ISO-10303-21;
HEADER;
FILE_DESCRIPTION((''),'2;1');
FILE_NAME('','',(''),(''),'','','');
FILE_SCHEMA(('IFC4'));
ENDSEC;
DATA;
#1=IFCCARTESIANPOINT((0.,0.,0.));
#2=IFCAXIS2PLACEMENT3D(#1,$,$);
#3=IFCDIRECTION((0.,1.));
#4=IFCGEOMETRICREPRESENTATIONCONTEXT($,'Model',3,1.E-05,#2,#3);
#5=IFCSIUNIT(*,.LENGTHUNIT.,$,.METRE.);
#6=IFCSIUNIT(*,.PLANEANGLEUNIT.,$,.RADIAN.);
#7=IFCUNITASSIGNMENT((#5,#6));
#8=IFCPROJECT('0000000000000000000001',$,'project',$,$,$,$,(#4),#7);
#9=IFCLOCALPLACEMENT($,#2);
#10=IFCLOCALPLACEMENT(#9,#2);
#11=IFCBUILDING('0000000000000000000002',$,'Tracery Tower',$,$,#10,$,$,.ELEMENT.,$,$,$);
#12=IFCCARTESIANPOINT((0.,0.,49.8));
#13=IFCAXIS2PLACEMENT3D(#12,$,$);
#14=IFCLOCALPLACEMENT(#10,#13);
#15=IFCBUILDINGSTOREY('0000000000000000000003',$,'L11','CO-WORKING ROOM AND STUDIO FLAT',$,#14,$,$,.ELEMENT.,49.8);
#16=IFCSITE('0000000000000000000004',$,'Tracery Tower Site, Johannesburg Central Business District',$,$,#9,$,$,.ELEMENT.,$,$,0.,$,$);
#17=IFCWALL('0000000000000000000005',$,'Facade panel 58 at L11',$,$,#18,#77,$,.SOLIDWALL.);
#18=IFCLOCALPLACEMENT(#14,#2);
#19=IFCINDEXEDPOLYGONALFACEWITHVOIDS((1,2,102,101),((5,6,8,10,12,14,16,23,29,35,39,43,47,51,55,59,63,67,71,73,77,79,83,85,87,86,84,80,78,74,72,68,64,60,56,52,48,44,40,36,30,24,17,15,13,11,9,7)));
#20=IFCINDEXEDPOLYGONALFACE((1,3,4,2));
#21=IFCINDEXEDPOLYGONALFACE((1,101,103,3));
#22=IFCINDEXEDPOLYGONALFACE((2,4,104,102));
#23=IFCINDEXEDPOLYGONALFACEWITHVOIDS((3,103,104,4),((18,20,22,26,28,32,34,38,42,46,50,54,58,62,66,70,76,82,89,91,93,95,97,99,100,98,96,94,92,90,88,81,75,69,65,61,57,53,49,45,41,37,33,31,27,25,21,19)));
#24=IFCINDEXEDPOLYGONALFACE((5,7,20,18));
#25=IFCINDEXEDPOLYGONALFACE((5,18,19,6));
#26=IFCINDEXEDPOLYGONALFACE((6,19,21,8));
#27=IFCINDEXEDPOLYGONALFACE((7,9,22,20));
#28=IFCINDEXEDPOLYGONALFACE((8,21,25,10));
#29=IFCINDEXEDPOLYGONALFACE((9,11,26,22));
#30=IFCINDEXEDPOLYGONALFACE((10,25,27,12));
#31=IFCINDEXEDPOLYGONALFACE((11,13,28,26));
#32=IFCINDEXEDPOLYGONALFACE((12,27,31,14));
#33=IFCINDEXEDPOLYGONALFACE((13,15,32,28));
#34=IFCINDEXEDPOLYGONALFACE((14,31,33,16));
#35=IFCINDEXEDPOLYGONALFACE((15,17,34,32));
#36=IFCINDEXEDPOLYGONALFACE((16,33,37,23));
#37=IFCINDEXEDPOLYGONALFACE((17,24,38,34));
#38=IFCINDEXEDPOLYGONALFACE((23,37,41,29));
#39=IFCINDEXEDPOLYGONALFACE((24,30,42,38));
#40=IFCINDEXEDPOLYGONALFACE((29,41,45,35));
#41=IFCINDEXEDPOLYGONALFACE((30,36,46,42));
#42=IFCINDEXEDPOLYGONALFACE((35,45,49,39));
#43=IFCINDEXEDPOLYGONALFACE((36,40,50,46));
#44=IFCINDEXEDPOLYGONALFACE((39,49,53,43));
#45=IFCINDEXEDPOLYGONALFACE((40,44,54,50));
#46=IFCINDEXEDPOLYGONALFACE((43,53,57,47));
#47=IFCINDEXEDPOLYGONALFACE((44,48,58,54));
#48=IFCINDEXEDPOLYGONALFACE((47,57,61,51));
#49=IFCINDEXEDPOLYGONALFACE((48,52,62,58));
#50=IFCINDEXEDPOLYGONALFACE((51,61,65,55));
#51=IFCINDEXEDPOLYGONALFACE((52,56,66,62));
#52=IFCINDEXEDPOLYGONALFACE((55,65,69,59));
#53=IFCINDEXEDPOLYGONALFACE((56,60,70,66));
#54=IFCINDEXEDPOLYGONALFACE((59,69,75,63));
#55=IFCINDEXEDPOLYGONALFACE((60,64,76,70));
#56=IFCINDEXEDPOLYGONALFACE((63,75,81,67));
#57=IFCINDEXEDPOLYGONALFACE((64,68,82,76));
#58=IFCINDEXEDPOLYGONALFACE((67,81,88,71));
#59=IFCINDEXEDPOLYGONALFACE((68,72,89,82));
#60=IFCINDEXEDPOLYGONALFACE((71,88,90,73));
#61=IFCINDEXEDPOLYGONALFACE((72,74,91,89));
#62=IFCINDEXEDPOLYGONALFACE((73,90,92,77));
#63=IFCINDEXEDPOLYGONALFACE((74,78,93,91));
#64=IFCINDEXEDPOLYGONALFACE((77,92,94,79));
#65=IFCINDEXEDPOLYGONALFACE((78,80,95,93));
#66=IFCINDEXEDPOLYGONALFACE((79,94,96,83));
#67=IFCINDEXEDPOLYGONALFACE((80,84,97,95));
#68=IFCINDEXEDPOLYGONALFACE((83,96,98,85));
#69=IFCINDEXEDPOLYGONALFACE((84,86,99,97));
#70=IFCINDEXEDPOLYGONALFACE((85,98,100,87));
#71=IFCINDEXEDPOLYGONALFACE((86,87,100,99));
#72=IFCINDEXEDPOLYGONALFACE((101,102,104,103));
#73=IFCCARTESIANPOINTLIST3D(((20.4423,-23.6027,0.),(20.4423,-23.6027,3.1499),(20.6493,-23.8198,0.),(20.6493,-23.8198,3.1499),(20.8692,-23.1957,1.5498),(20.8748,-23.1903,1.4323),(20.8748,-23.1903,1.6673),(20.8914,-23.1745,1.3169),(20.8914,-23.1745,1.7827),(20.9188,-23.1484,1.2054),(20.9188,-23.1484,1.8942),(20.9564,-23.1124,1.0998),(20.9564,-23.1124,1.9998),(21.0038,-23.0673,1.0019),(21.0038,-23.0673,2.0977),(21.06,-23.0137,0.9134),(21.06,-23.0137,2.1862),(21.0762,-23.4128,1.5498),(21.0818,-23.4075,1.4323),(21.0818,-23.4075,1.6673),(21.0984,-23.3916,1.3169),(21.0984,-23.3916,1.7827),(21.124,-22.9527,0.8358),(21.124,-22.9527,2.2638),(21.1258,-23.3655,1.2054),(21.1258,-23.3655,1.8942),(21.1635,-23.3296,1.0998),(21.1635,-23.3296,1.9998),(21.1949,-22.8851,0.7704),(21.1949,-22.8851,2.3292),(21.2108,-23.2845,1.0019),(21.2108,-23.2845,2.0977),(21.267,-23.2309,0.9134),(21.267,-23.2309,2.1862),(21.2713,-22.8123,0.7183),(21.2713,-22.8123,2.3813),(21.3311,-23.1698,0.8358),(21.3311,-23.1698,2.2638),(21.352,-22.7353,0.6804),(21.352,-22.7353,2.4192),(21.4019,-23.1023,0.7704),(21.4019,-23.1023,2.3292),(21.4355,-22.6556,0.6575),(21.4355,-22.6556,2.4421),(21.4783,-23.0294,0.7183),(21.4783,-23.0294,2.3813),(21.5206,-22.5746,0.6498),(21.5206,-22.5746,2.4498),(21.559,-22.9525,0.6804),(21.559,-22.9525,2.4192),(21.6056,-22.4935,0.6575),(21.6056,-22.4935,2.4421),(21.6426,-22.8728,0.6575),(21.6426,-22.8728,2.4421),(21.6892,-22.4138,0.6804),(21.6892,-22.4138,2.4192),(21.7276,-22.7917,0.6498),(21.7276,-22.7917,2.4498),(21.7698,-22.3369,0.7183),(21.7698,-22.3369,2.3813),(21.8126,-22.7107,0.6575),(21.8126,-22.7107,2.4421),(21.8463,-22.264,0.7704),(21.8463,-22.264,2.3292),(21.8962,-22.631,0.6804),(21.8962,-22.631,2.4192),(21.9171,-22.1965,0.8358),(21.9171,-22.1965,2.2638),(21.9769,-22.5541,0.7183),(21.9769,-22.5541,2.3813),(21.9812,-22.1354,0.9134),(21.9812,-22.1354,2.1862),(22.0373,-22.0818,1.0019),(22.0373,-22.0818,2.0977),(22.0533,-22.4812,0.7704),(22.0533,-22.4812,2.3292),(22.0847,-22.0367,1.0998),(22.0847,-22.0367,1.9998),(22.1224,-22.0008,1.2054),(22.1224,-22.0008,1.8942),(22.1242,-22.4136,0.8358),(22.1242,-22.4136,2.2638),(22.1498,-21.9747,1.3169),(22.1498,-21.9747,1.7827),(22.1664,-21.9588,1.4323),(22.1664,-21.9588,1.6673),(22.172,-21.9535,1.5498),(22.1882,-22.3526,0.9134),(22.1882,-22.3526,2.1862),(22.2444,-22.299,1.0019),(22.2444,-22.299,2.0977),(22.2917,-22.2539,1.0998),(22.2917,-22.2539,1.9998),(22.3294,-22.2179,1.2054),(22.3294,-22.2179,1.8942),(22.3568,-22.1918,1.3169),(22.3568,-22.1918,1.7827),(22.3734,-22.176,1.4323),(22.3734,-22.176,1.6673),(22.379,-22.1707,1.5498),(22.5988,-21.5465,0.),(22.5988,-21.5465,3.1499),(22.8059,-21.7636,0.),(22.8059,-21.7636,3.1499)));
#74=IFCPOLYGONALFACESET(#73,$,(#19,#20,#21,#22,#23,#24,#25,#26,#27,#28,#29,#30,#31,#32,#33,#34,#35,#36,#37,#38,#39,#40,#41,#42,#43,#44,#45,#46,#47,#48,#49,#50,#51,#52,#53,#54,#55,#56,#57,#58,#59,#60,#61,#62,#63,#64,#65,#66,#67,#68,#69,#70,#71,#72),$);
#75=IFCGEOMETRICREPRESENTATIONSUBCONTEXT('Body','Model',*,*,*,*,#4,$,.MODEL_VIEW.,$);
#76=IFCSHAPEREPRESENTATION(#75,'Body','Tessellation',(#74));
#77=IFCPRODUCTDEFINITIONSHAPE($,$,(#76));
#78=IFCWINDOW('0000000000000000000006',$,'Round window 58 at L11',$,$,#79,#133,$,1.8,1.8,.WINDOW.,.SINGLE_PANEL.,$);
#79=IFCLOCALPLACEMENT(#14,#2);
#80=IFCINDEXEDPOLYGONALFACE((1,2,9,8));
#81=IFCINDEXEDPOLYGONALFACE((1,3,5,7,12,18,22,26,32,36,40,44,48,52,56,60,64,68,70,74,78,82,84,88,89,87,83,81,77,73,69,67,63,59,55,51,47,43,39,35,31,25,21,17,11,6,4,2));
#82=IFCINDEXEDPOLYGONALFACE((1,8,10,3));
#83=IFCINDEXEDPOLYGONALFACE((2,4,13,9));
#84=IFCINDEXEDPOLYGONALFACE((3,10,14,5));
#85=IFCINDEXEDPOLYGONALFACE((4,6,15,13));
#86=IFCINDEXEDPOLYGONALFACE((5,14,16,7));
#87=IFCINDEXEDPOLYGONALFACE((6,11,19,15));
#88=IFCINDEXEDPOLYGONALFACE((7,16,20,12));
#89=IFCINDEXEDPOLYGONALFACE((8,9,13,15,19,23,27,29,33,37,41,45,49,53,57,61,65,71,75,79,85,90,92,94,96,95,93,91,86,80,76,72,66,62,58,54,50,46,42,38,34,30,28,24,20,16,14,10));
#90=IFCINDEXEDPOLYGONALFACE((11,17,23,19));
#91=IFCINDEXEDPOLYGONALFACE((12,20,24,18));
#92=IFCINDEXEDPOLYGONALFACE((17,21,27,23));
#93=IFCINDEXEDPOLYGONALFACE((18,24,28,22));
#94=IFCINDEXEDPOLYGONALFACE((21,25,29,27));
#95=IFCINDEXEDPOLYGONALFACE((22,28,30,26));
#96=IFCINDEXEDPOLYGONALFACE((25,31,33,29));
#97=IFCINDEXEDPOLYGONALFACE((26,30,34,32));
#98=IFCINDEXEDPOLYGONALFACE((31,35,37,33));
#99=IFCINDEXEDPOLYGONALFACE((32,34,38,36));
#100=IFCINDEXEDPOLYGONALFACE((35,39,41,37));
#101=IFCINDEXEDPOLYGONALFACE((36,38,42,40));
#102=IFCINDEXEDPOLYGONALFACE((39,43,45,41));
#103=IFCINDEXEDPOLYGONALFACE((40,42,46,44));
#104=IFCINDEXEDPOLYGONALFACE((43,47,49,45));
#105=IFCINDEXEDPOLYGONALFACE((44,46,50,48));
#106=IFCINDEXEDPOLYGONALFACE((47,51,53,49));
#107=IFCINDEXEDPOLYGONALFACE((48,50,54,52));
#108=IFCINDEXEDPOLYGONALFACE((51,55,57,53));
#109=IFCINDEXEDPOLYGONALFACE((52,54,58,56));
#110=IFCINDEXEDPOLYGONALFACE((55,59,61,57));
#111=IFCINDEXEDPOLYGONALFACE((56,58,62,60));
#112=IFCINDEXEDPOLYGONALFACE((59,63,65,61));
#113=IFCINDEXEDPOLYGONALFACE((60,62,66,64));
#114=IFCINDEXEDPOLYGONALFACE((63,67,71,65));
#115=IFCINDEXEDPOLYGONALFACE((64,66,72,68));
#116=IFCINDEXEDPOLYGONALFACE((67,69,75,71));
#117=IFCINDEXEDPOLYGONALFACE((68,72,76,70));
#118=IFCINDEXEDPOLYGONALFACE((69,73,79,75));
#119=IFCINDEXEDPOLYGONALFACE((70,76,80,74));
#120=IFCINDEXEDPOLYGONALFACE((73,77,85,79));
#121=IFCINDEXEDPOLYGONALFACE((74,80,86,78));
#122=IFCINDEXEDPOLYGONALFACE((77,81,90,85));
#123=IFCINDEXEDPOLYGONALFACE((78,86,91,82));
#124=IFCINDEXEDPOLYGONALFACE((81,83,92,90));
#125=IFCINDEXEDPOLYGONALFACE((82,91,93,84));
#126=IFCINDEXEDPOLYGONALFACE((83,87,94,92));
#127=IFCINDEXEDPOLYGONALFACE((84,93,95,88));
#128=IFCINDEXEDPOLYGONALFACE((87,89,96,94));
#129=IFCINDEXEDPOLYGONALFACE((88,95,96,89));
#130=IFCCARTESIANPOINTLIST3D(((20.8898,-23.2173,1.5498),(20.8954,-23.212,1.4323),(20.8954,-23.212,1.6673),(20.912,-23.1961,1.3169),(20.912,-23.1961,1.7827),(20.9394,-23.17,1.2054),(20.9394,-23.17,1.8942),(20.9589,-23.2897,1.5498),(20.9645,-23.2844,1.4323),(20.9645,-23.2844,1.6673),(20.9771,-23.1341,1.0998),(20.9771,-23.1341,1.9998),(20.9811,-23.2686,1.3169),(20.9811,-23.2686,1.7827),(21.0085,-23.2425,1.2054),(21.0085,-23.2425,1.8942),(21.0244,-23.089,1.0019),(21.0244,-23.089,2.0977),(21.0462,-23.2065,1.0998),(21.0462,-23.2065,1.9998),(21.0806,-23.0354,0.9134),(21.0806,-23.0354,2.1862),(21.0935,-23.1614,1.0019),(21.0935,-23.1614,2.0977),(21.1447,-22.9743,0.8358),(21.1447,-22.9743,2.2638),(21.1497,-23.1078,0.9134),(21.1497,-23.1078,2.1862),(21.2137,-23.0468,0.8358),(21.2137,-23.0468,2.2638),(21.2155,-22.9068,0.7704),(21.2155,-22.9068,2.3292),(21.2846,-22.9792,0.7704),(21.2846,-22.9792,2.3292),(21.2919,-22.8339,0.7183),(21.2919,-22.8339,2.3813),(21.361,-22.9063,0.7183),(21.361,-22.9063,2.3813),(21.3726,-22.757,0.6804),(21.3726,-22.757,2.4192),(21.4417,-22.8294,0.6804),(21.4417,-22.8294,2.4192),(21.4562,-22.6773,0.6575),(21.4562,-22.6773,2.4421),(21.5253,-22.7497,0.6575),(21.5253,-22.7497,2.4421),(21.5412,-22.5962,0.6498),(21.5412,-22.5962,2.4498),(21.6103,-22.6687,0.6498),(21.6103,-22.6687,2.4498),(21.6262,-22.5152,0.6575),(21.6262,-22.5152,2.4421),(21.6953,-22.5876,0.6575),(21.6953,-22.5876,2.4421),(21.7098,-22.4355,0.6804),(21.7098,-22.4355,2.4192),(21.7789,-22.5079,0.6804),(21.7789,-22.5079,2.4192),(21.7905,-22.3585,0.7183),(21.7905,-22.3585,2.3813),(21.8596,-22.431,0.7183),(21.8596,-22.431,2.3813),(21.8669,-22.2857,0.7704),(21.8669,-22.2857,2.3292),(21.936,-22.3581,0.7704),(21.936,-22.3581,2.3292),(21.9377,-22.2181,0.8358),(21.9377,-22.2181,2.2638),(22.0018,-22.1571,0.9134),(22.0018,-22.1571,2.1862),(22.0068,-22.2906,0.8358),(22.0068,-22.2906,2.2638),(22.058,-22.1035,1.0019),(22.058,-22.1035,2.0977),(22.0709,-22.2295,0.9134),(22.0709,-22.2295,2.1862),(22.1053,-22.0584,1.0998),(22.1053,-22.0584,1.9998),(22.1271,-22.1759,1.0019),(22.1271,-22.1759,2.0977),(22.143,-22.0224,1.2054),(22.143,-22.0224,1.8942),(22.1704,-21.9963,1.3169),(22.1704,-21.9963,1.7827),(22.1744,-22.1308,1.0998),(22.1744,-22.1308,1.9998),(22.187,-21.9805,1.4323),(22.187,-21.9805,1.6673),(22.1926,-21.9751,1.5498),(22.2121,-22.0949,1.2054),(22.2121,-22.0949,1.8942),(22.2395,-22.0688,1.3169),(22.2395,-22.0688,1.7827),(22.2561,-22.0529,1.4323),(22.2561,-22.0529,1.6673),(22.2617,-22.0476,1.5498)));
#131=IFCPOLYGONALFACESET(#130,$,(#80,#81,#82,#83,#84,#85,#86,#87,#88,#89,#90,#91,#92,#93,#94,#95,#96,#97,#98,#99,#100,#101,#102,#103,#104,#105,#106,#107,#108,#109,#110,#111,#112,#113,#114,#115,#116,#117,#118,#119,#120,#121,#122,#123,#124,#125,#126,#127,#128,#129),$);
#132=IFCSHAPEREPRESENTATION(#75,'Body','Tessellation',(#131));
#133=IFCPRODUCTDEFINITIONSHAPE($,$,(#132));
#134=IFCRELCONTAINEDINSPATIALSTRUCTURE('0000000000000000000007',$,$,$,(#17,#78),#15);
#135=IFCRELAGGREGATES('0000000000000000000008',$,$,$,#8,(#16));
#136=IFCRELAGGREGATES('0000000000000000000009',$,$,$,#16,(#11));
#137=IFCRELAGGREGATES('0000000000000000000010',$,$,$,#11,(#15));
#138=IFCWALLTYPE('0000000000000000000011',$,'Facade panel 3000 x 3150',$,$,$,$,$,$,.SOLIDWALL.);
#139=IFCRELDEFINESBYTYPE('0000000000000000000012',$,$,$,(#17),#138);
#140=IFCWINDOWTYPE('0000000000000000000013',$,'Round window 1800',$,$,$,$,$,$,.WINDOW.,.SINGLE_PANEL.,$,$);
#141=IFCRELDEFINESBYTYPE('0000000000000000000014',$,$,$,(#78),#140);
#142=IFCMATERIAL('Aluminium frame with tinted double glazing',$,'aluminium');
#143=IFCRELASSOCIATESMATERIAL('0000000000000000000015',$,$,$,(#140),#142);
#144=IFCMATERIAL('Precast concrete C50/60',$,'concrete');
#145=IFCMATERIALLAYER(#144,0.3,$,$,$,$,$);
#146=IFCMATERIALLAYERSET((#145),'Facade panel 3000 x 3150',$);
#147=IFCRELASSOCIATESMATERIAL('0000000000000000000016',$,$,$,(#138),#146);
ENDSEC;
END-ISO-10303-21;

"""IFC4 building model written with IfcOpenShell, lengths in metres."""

from ifc_helpers import new_model, si_unit, direction, frame, frame_2d, origin, origin_2d, place, context, subcontext, project, spatial, rectangle, circle, extrude, material, layer, layer_set, type_object, element, fill, save


model = new_model("IFC4")

# Units and contexts
model_context = context("Model", 3, precision=1e-05, world=origin(), true_north=direction((0.0, 1.0)))
body_context = subcontext(model_context, "Body", "Model", "MODEL_VIEW")
ifc_project = project(units=[si_unit("LENGTHUNIT", "METRE"), si_unit("PLANEANGLEUNIT", "RADIAN")], contexts=[model_context])

# Site, building, storey
site_placement = place(None, origin())
site = spatial("IfcSite", under=ifc_project, at=site_placement, Name="Tracery Tower Site, Johannesburg Central Business District", CompositionType="ELEMENT", RefElevation=0.0)
building_placement = place(site_placement, origin())
building = spatial("IfcBuilding", under=site, at=building_placement, Name="Tracery Tower", CompositionType="ELEMENT")
storey_placement = place(building_placement, frame((0.0, 0.0, 49.8)))
storey = spatial("IfcBuildingStorey", under=building, at=storey_placement, Name="L11", Description="CO-WORKING ROOM AND STUDIO FLAT", CompositionType="ELEMENT", Elevation=49.8)

# Wall, opening, window
ifc_material_1 = material(Name="Aluminium frame with tinted double glazing", Category="aluminium")
window_type = type_object("IfcWindowType", Name="Round window 1800", PartitioningType="SINGLE_PANEL", PredefinedType="WINDOW", material=ifc_material_1)
ifc_material_2 = material(Name="Precast concrete C50/60", Category="concrete")
ifc_layer_1 = layer(ifc_material_2, 0.3)
ifc_layer_set_1 = layer_set([ifc_layer_1], Name="Facade panel 3000 x 3150")
wall_type_1 = type_object("IfcWallType", Name="Facade panel 3000 x 3150", PredefinedType="SOLIDWALL", material=ifc_layer_set_1)
wall_1_placement = place(storey_placement, frame((20.5459, -23.7112, 0.0), z_axis=(0.0, 0.0, 1.0), x_axis=(0.723744, 0.690068, 0.0)))
wall_1 = element("IfcWall", 1, at=wall_1_placement, inside=storey, type_object=wall_type_1, Name="Facade panel 58 at L11", PredefinedType="SOLIDWALL", context=body_context, shape_type="SweptSolid", body=[
    extrude(rectangle(XDim=2.9797, YDim=0.3, at=frame_2d((1.4897, 0.0))), origin(), (0.0, 0.0, 1.0), 3.1499),
])
opening_1_placement = place(wall_1_placement, frame((1.4897, 0.0, 1.5498)))
opening_1 = element("IfcOpeningElement", 2, at=opening_1_placement, cuts=wall_1, PredefinedType="OPENING", context=body_context, shape_type="SweptSolid", body=[
    extrude(circle(Radius=0.9, at=origin_2d()), frame((0.0, 0.1599, 0.0), z_axis=(0.0, -1.0, 0.0), x_axis=(1.0, 0.0, 0.0)), (0.0, 0.0, 1.0), 0.3201),
])
window_1_placement = place(opening_1_placement, origin())
window_1 = element("IfcWindow", 3, at=window_1_placement, inside=storey, type_object=window_type, Name="Round window 58 at L11", OverallHeight=1.8, OverallWidth=1.8, PartitioningType="SINGLE_PANEL", PredefinedType="WINDOW", context=body_context, shape_type="SweptSolid", body=[
    extrude(circle(Radius=0.9, at=origin_2d()), frame((0.0, 0.1201, 0.0), z_axis=(0.0, -1.0, 0.0), x_axis=(1.0, 0.0, 0.0)), (0.0, 0.0, 1.0), 0.1001),
])
fill(opening_1, window_1)

save(model, "model.ifc")
